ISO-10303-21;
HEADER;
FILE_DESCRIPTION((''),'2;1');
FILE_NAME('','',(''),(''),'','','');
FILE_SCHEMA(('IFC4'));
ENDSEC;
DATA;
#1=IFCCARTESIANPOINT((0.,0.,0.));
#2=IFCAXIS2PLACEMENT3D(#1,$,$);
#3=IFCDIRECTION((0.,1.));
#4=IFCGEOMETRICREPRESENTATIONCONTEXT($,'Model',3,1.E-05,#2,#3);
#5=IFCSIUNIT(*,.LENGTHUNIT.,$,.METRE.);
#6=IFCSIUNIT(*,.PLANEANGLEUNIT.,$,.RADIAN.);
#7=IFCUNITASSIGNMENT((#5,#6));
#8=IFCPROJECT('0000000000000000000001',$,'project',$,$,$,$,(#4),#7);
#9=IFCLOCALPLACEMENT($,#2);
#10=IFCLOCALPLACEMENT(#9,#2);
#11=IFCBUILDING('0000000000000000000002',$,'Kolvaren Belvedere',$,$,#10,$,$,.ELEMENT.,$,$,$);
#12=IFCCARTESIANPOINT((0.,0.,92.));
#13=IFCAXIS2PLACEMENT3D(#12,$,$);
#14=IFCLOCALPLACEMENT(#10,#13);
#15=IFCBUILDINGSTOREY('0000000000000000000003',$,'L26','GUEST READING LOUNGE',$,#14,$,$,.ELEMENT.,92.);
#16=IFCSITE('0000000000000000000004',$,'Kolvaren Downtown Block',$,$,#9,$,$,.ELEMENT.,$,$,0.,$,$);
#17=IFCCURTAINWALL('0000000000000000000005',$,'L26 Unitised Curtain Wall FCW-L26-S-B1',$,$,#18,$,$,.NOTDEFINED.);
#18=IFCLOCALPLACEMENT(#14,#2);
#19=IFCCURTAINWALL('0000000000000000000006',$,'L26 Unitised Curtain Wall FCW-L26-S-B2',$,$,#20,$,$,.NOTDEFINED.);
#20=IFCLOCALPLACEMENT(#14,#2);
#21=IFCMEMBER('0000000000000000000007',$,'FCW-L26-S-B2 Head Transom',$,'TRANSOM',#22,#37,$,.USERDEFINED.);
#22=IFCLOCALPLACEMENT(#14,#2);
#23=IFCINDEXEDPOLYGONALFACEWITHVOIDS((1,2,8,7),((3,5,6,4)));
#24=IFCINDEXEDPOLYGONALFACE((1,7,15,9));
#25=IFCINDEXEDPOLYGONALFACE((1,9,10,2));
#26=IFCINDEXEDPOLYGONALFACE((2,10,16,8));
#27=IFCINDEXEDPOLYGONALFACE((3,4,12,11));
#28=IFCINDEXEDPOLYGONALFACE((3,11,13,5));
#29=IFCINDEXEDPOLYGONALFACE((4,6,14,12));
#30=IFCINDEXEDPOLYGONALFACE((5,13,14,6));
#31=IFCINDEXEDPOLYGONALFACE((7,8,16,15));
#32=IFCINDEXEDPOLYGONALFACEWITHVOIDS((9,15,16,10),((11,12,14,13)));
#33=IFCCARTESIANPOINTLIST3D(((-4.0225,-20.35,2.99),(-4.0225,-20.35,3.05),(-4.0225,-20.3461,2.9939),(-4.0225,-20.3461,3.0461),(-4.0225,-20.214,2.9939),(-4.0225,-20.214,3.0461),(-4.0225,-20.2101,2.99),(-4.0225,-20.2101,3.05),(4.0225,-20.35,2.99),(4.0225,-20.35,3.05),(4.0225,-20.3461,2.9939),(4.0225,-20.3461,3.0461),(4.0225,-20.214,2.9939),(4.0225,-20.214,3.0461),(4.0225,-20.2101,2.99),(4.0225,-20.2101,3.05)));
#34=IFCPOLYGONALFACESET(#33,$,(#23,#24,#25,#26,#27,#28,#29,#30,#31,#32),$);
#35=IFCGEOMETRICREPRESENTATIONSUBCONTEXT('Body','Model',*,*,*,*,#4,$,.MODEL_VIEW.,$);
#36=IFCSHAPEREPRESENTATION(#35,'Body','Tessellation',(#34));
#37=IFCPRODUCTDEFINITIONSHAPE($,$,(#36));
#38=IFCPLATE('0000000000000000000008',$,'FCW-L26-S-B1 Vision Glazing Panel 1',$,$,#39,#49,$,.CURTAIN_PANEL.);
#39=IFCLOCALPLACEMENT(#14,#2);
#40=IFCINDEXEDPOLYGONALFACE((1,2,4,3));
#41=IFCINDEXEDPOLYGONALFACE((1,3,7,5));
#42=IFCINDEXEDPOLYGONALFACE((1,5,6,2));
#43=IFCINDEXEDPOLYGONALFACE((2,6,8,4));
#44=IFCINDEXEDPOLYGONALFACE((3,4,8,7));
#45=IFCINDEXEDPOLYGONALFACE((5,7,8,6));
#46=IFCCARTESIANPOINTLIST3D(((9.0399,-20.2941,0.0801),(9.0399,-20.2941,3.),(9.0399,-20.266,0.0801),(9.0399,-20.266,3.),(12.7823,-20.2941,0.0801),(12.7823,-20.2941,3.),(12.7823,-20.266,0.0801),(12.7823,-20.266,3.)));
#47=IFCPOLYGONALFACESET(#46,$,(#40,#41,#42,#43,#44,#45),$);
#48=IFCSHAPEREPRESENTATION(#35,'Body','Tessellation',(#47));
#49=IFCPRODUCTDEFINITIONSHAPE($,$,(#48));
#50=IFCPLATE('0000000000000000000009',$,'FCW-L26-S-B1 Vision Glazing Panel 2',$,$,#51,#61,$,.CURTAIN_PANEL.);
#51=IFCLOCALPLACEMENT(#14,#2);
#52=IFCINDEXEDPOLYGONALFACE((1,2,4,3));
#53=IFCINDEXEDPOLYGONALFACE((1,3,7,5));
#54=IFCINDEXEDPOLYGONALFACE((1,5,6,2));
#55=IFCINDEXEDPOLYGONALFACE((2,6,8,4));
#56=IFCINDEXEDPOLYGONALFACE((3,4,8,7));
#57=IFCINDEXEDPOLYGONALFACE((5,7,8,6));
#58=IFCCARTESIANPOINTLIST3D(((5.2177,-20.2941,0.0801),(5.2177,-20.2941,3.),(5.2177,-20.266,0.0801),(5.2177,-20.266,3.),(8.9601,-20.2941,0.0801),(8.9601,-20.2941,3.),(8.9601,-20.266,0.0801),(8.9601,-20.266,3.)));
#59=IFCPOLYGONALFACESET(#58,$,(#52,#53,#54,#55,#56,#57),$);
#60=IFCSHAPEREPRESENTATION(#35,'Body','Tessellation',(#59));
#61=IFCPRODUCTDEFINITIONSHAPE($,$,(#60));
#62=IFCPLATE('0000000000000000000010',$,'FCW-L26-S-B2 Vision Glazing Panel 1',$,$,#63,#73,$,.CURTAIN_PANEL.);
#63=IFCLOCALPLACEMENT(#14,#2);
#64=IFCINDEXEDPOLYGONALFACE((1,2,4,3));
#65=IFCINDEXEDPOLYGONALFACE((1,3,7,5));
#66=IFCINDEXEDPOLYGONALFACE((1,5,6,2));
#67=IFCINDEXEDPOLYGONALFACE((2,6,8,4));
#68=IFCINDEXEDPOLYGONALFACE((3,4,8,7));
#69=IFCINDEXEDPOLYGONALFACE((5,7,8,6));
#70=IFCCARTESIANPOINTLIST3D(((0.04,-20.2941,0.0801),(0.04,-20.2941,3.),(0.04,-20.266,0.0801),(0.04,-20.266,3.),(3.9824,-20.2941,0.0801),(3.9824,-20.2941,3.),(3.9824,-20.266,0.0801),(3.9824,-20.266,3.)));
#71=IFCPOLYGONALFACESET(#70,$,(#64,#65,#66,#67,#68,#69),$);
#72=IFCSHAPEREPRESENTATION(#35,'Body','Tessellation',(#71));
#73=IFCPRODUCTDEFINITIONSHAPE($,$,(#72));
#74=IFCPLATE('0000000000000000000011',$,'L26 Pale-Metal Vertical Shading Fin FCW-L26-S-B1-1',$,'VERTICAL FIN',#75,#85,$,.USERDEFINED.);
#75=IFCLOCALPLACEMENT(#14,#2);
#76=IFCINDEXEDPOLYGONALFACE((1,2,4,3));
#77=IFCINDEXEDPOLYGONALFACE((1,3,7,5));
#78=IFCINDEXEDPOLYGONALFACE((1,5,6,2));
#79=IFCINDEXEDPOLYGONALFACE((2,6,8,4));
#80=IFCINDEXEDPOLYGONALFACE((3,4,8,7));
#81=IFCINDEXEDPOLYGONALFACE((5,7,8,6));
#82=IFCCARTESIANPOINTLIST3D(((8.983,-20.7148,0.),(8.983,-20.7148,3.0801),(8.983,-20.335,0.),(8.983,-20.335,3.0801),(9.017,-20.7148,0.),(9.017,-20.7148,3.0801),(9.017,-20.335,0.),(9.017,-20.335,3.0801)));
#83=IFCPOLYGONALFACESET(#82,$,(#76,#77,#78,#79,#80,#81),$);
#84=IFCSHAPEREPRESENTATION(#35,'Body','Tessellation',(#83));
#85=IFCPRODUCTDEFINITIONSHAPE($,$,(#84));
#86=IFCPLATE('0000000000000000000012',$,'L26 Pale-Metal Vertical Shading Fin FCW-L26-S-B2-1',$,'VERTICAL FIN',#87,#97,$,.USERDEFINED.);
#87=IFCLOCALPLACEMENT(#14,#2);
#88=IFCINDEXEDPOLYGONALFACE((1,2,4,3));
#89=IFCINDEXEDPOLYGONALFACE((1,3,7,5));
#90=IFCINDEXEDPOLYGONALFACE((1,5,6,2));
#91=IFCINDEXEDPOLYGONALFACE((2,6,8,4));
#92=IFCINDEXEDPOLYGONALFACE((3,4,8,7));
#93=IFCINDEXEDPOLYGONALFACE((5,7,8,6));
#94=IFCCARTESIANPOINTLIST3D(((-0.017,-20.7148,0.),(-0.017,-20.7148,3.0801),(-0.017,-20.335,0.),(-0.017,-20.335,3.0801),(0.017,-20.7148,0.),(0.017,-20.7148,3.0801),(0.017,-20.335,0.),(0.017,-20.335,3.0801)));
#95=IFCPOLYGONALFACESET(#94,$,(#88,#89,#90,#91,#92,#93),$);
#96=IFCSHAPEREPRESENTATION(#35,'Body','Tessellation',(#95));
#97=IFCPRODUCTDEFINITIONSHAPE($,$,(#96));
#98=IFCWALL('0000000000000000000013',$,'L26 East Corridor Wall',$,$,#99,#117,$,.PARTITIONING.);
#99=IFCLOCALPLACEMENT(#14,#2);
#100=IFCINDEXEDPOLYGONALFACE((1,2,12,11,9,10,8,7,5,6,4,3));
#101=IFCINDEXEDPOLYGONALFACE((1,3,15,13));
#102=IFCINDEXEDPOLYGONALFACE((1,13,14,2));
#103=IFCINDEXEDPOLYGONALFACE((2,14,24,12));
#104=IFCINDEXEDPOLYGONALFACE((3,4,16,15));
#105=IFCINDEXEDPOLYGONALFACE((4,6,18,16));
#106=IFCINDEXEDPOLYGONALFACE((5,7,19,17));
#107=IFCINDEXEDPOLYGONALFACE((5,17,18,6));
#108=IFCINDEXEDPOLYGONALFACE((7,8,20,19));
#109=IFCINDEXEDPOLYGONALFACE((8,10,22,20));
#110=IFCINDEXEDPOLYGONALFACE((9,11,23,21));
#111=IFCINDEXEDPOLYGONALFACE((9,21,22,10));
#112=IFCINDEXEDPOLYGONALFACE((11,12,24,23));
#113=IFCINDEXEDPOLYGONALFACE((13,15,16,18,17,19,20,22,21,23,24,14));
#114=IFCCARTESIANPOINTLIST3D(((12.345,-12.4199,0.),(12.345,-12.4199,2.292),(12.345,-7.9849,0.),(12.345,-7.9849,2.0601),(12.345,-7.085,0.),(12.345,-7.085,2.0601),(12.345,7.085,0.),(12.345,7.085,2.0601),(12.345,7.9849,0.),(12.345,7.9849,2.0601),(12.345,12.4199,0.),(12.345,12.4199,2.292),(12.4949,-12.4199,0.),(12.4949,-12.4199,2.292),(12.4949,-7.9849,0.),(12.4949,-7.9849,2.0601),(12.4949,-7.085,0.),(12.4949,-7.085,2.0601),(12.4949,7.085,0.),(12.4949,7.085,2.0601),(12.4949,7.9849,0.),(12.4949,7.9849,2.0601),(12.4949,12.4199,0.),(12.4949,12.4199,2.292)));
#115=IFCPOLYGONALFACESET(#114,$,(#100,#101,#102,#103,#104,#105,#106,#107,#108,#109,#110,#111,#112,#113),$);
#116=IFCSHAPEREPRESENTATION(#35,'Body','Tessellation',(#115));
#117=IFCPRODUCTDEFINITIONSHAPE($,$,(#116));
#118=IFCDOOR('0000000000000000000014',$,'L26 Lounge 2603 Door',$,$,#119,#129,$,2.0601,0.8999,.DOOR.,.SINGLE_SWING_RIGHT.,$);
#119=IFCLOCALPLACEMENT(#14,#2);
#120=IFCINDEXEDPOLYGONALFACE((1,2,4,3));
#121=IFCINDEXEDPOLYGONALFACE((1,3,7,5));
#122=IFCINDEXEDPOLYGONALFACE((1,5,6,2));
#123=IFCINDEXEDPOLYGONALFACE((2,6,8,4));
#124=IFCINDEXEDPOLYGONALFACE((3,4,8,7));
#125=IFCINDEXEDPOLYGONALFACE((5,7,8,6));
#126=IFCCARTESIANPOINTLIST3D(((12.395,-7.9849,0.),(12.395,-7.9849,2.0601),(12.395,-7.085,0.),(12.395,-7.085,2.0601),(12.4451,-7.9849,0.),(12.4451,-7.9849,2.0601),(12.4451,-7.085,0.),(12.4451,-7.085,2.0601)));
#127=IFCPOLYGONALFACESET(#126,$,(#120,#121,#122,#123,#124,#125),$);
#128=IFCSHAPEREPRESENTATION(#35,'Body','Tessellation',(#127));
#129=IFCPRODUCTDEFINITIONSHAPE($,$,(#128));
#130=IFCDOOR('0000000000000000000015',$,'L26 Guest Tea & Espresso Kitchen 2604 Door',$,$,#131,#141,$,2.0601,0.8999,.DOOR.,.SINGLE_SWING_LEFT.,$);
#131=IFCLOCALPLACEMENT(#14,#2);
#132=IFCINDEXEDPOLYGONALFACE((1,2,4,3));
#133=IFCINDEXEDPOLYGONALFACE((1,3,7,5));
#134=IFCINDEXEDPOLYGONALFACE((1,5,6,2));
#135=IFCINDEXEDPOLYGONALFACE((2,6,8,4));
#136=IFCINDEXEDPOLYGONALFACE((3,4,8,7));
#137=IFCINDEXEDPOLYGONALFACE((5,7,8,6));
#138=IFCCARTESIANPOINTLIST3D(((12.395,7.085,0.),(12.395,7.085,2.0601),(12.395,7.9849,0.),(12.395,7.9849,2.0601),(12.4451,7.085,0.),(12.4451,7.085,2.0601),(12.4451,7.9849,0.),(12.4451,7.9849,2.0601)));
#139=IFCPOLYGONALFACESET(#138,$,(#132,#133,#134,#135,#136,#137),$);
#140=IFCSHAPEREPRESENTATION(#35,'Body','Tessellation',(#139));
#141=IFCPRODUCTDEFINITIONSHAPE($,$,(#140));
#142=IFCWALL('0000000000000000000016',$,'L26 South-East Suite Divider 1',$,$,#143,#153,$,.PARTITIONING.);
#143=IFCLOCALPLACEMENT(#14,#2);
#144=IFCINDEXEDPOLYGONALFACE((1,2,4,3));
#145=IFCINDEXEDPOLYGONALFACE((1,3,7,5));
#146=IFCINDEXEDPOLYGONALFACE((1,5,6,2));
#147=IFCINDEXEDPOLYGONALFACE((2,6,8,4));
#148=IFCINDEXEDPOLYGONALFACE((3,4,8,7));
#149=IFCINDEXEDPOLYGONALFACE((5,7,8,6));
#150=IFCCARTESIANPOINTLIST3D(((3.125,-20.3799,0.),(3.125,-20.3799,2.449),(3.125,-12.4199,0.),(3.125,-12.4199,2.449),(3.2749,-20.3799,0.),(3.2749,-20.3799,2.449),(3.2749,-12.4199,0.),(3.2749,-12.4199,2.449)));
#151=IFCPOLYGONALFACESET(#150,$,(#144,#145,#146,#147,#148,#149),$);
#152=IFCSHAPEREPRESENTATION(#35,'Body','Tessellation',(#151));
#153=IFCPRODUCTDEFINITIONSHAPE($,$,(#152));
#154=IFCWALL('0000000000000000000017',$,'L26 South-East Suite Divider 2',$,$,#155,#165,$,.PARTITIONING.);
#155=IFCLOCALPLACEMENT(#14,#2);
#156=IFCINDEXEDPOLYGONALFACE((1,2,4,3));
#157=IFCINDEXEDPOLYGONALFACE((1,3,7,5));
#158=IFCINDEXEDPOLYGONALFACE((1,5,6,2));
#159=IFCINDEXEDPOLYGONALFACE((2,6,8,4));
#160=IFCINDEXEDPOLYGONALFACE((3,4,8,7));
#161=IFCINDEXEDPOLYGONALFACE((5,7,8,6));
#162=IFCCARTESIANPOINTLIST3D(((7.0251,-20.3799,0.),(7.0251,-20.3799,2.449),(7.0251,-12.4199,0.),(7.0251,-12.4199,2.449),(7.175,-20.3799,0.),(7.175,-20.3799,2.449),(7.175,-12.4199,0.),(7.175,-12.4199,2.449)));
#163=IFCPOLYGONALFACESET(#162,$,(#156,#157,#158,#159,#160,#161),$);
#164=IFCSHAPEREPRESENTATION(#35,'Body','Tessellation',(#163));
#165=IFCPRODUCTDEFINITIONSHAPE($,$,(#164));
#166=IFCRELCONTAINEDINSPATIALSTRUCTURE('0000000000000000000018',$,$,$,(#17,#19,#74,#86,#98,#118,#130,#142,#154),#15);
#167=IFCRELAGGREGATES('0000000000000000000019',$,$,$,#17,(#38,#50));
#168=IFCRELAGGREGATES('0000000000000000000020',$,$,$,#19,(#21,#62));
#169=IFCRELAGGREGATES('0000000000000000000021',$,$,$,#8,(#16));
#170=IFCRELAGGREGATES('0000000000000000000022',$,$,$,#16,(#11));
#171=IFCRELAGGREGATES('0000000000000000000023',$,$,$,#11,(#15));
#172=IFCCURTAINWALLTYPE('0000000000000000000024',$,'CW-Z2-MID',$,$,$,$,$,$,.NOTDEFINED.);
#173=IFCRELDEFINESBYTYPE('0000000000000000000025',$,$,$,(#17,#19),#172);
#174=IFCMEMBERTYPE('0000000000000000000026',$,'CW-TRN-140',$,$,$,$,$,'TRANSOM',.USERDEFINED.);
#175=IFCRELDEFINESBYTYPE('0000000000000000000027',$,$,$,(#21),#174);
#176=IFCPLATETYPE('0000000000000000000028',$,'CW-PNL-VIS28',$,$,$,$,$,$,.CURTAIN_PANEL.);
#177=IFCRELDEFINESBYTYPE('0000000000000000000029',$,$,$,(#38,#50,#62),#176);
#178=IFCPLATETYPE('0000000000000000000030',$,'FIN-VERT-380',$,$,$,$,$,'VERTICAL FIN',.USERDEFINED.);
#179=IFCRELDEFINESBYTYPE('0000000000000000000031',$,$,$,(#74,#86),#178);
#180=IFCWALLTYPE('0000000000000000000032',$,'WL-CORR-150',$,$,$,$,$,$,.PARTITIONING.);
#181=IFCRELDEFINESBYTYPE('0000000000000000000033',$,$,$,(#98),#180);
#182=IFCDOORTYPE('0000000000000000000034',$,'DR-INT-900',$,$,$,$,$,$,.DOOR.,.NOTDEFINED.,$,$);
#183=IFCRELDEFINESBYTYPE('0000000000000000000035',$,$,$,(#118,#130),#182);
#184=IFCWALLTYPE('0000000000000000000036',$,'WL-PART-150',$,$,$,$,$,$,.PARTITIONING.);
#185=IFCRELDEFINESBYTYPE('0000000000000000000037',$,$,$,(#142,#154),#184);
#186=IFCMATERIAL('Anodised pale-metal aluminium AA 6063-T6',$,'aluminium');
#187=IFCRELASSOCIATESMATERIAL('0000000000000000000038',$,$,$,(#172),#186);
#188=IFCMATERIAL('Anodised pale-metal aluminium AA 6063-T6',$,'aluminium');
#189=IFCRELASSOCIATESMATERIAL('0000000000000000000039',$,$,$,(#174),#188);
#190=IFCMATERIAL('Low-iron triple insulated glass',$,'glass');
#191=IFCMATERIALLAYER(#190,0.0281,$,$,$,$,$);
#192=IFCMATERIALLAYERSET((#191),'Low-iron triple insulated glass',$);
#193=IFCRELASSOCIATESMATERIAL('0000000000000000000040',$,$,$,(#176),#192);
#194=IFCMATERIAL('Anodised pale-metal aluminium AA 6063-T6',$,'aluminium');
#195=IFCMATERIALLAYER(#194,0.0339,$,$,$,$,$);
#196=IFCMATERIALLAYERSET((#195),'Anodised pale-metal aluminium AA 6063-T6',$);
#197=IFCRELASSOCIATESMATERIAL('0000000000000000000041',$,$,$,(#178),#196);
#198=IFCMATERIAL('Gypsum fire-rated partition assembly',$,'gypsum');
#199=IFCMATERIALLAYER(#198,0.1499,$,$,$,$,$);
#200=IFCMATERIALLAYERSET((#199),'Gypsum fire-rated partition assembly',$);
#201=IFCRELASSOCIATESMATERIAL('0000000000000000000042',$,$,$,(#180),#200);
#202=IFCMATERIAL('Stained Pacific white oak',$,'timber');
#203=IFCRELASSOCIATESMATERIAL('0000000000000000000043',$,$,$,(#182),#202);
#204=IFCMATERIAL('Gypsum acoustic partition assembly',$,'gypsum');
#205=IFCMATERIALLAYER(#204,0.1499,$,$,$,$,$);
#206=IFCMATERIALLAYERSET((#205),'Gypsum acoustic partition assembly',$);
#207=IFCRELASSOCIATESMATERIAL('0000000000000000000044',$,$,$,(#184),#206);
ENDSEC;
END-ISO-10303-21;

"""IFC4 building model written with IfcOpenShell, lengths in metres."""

from ifc_helpers import new_model, si_unit, direction, frame, frame_2d, origin, origin_2d, place, context, subcontext, project, spatial, rectangle, hollow_rectangle, extrude, material, layer, layer_set, material_profile, profile_set, type_object, element, fill, aggregate, save


model = new_model("IFC4")

# Units and contexts
model_context = context("Model", 3, precision=1e-05, world=origin(), true_north=direction((0.0, 1.0)))
body_context = subcontext(model_context, "Body", "Model", "MODEL_VIEW")
ifc_project = project(units=[si_unit("LENGTHUNIT", "METRE"), si_unit("PLANEANGLEUNIT", "RADIAN")], contexts=[model_context])

# Site, building, storey
site_placement = place(None, origin())
site = spatial("IfcSite", under=ifc_project, at=site_placement, Name="Kolvaren Downtown Block", CompositionType="ELEMENT", RefElevation=0.0)
building_placement = place(site_placement, origin())
building = spatial("IfcBuilding", under=site, at=building_placement, Name="Kolvaren Belvedere", CompositionType="ELEMENT")
storey_placement = place(building_placement, frame((0.0, 0.0, 92.0)))
storey = spatial("IfcBuildingStorey", under=building, at=storey_placement, Name="L26", Description="GUEST READING LOUNGE", CompositionType="ELEMENT", Elevation=92.0)

# Curtain walls, member
ifc_material_1 = material(Name="Anodised pale-metal aluminium AA 6063-T6", Category="aluminium")
curtain_wall_type = type_object("IfcCurtainWallType", Name="CW-Z2-MID", PredefinedType="NOTDEFINED", material=ifc_material_1)
curtain_wall_1_placement = place(storey_placement, origin())
curtain_wall_1 = element("IfcCurtainWall", 1, at=curtain_wall_1_placement, inside=storey, type_object=curtain_wall_type, Name="L26 Unitised Curtain Wall FCW-L26-S-B1", PredefinedType="NOTDEFINED")
curtain_wall_2_placement = place(storey_placement, origin())
curtain_wall_2 = element("IfcCurtainWall", 2, at=curtain_wall_2_placement, inside=storey, type_object=curtain_wall_type, Name="L26 Unitised Curtain Wall FCW-L26-S-B2", PredefinedType="NOTDEFINED")
ifc_material_2 = material(Name="Anodised pale-metal aluminium AA 6063-T6", Category="aluminium")
ifc_material_profile_1 = material_profile(ifc_material_2, hollow_rectangle(XDim=0.0601, YDim=0.1399, WallThickness=0.0039, at=origin_2d()), Name="ALU-TRN-140X60")
ifc_profile_set_1 = profile_set([ifc_material_profile_1], Name="Anodised pale-metal aluminium AA 6063-T6")
member_type_1 = type_object("IfcMemberType", Name="CW-TRN-140", ElementType="TRANSOM", PredefinedType="USERDEFINED", material=ifc_profile_set_1)
member_1_placement = place(storey_placement, frame((4.0225, -20.28, 3.02), z_axis=(-1.0, 0.0, 0.0), x_axis=(0.0, 0.0, 1.0)))
member_1 = element("IfcMember", 3, at=member_1_placement, type_object=member_type_1, Name="FCW-L26-S-B2 Head Transom", ObjectType="TRANSOM", PredefinedType="USERDEFINED", context=body_context, shape_type="SweptSolid", body=[
    extrude(hollow_rectangle(XDim=0.0601, YDim=0.1399, WallThickness=0.0039, at=origin_2d()), origin(), (0.0, 0.0, 1.0), 8.0449),
])

# Plates
ifc_material_3 = material(Name="Low-iron triple insulated glass", Category="glass")
ifc_layer_1 = layer(ifc_material_3, 0.0281)
ifc_layer_set_1 = layer_set([ifc_layer_1], Name="Low-iron triple insulated glass")
plate_type_1 = type_object("IfcPlateType", Name="CW-PNL-VIS28", PredefinedType="CURTAIN_PANEL", material=ifc_layer_set_1)
plate_1_placement = place(storey_placement, frame((10.9111, -20.28, 0.0801), z_axis=(0.0, 0.0, 1.0), x_axis=(-1.0, 0.0, 0.0)))
plate_1 = element("IfcPlate", 4, at=plate_1_placement, type_object=plate_type_1, Name="FCW-L26-S-B1 Vision Glazing Panel 1", PredefinedType="CURTAIN_PANEL", context=body_context, shape_type="SweptSolid", body=[
    extrude(rectangle(XDim=3.7424, YDim=0.0281, at=origin_2d()), origin(), (0.0, 0.0, 1.0), 2.9199),
])
plate_2_placement = place(storey_placement, frame((7.0889, -20.28, 0.0801), z_axis=(0.0, 0.0, 1.0), x_axis=(-1.0, 0.0, 0.0)))
plate_2 = element("IfcPlate", 5, at=plate_2_placement, type_object=plate_type_1, Name="FCW-L26-S-B1 Vision Glazing Panel 2", PredefinedType="CURTAIN_PANEL", context=body_context, shape_type="SweptSolid", body=[
    extrude(rectangle(XDim=3.7424, YDim=0.0281, at=origin_2d()), origin(), (0.0, 0.0, 1.0), 2.9199),
])
aggregate(curtain_wall_1, [plate_1, plate_2])
plate_3_placement = place(storey_placement, frame((2.0112, -20.28, 0.0801), z_axis=(0.0, 0.0, 1.0), x_axis=(-1.0, 0.0, 0.0)))
plate_3 = element("IfcPlate", 6, at=plate_3_placement, type_object=plate_type_1, Name="FCW-L26-S-B2 Vision Glazing Panel 1", PredefinedType="CURTAIN_PANEL", context=body_context, shape_type="SweptSolid", body=[
    extrude(rectangle(XDim=3.9424, YDim=0.0281, at=origin_2d()), origin(), (0.0, 0.0, 1.0), 2.9199),
])
aggregate(curtain_wall_2, [member_1, plate_3])

# Plates
ifc_material_4 = material(Name="Anodised pale-metal aluminium AA 6063-T6", Category="aluminium")
ifc_layer_2 = layer(ifc_material_4, 0.0339)
ifc_layer_set_2 = layer_set([ifc_layer_2], Name="Anodised pale-metal aluminium AA 6063-T6")
plate_type_2 = type_object("IfcPlateType", Name="FIN-VERT-380", ElementType="VERTICAL FIN", PredefinedType="USERDEFINED", material=ifc_layer_set_2)
for number, where, z_axis, x_axis, name in (
    (7, (9.0, -20.5249, 0.0), (0.0, 0.0, 1.0), (0.0, 1.0, 0.0), "L26 Pale-Metal Vertical Shading Fin FCW-L26-S-B1-1"),
    (8, (0.0, -20.5249, 0.0), (0.0, 0.0, 1.0), (0.0, 1.0, 0.0), "L26 Pale-Metal Vertical Shading Fin FCW-L26-S-B2-1"),
):
    element("IfcPlate", number, at=place(storey_placement, frame(where, z_axis=z_axis, x_axis=x_axis)), inside=storey, type_object=plate_type_2, Name=name, ObjectType="VERTICAL FIN", PredefinedType="USERDEFINED", context=body_context, shape_type="SweptSolid", body=[
        extrude(rectangle(XDim=0.3799, YDim=0.0339, at=origin_2d()), origin(), (0.0, 0.0, 1.0), 3.0801),
    ])

# Wall, openings, doors
ifc_material_5 = material(Name="Gypsum fire-rated partition assembly", Category="gypsum")
ifc_layer_3 = layer(ifc_material_5, 0.1499)
ifc_layer_set_3 = layer_set([ifc_layer_3], Name="Gypsum fire-rated partition assembly")
wall_type_1 = type_object("IfcWallType", Name="WL-CORR-150", PredefinedType="PARTITIONING", material=ifc_layer_set_3)
wall_1_placement = place(storey_placement, frame((12.4199, -12.4199, 0.0), z_axis=(0.0, 0.0, 1.0), x_axis=(0.0, 1.0, 0.0)))
wall_1 = element("IfcWall", 9, at=wall_1_placement, inside=storey, type_object=wall_type_1, Name="L26 East Corridor Wall", PredefinedType="PARTITIONING", context=body_context, shape_type="SweptSolid", body=[
    extrude(rectangle(XDim=24.8398, YDim=0.1499, at=frame_2d((12.4199, 0.0))), origin(), (0.0, 0.0, 1.0), 2.292),
])
opening_1_placement = place(wall_1_placement, frame((4.4351, 0.0, 0.0)))
opening_1 = element("IfcOpeningElement", 10, at=opening_1_placement, cuts=wall_1, PredefinedType="OPENING", context=body_context, shape_type="SweptSolid", body=[
    extrude(rectangle(XDim=0.8999, YDim=2.0601, at=frame_2d((0.45, 1.03))), frame((0.0, 0.085, 0.0), z_axis=(0.0, -1.0, 0.0), x_axis=(1.0, 0.0, 0.0)), (0.0, 0.0, 1.0), 0.1699),
])
opening_2_placement = place(wall_1_placement, frame((19.5049, 0.0, 0.0)))
opening_2 = element("IfcOpeningElement", 11, at=opening_2_placement, cuts=wall_1, PredefinedType="OPENING", context=body_context, shape_type="SweptSolid", body=[
    extrude(rectangle(XDim=0.8999, YDim=2.0601, at=frame_2d((0.45, 1.03))), frame((0.0, 0.085, 0.0), z_axis=(0.0, -1.0, 0.0), x_axis=(1.0, 0.0, 0.0)), (0.0, 0.0, 1.0), 0.1699),
])
ifc_material_6 = material(Name="Stained Pacific white oak", Category="timber")
door_type_1 = type_object("IfcDoorType", Name="DR-INT-900", OperationType="NOTDEFINED", PredefinedType="DOOR", material=ifc_material_6)
door_1_placement = place(opening_1_placement, origin())
door_1 = element("IfcDoor", 12, at=door_1_placement, inside=storey, type_object=door_type_1, Name="L26 Lounge 2603 Door", OperationType="SINGLE_SWING_RIGHT", OverallHeight=2.0601, OverallWidth=0.8999, PredefinedType="DOOR", context=body_context, shape_type="SweptSolid", body=[
    extrude(rectangle(XDim=0.8999, YDim=2.0601, at=frame_2d((0.45, 1.03))), frame((0.0, 0.0249, 0.0), z_axis=(0.0, -1.0, 0.0), x_axis=(1.0, 0.0, 0.0)), (0.0, 0.0, 1.0), 0.05),
])
fill(opening_1, door_1)
door_2_placement = place(opening_2_placement, origin())
door_2 = element("IfcDoor", 13, at=door_2_placement, inside=storey, type_object=door_type_1, Name="L26 Guest Tea & Espresso Kitchen 2604 Door", OperationType="SINGLE_SWING_LEFT", OverallHeight=2.0601, OverallWidth=0.8999, PredefinedType="DOOR", context=body_context, shape_type="SweptSolid", body=[
    extrude(rectangle(XDim=0.8999, YDim=2.0601, at=frame_2d((0.45, 1.03))), frame((0.0, 0.0249, 0.0), z_axis=(0.0, -1.0, 0.0), x_axis=(1.0, 0.0, 0.0)), (0.0, 0.0, 1.0), 0.05),
])
fill(opening_2, door_2)

# Walls
ifc_material_7 = material(Name="Gypsum acoustic partition assembly", Category="gypsum")
ifc_layer_4 = layer(ifc_material_7, 0.1499)
ifc_layer_set_4 = layer_set([ifc_layer_4], Name="Gypsum acoustic partition assembly")
wall_type_2 = type_object("IfcWallType", Name="WL-PART-150", PredefinedType="PARTITIONING", material=ifc_layer_set_4)
for number, where, z_axis, x_axis, name in (
    (14, (3.2, -20.3799, 0.0), (0.0, 0.0, 1.0), (0.0, 1.0, 0.0), "L26 South-East Suite Divider 1"),
    (15, (7.1001, -20.3799, 0.0), (0.0, 0.0, 1.0), (0.0, 1.0, 0.0), "L26 South-East Suite Divider 2"),
):
    element("IfcWall", number, at=place(storey_placement, frame(where, z_axis=z_axis, x_axis=x_axis)), inside=storey, type_object=wall_type_2, Name=name, PredefinedType="PARTITIONING", context=body_context, shape_type="SweptSolid", body=[
        extrude(rectangle(XDim=7.96, YDim=0.1499, at=frame_2d((3.98, 0.0))), origin(), (0.0, 0.0, 1.0), 2.449),
    ])

save(model, "model.ifc")
